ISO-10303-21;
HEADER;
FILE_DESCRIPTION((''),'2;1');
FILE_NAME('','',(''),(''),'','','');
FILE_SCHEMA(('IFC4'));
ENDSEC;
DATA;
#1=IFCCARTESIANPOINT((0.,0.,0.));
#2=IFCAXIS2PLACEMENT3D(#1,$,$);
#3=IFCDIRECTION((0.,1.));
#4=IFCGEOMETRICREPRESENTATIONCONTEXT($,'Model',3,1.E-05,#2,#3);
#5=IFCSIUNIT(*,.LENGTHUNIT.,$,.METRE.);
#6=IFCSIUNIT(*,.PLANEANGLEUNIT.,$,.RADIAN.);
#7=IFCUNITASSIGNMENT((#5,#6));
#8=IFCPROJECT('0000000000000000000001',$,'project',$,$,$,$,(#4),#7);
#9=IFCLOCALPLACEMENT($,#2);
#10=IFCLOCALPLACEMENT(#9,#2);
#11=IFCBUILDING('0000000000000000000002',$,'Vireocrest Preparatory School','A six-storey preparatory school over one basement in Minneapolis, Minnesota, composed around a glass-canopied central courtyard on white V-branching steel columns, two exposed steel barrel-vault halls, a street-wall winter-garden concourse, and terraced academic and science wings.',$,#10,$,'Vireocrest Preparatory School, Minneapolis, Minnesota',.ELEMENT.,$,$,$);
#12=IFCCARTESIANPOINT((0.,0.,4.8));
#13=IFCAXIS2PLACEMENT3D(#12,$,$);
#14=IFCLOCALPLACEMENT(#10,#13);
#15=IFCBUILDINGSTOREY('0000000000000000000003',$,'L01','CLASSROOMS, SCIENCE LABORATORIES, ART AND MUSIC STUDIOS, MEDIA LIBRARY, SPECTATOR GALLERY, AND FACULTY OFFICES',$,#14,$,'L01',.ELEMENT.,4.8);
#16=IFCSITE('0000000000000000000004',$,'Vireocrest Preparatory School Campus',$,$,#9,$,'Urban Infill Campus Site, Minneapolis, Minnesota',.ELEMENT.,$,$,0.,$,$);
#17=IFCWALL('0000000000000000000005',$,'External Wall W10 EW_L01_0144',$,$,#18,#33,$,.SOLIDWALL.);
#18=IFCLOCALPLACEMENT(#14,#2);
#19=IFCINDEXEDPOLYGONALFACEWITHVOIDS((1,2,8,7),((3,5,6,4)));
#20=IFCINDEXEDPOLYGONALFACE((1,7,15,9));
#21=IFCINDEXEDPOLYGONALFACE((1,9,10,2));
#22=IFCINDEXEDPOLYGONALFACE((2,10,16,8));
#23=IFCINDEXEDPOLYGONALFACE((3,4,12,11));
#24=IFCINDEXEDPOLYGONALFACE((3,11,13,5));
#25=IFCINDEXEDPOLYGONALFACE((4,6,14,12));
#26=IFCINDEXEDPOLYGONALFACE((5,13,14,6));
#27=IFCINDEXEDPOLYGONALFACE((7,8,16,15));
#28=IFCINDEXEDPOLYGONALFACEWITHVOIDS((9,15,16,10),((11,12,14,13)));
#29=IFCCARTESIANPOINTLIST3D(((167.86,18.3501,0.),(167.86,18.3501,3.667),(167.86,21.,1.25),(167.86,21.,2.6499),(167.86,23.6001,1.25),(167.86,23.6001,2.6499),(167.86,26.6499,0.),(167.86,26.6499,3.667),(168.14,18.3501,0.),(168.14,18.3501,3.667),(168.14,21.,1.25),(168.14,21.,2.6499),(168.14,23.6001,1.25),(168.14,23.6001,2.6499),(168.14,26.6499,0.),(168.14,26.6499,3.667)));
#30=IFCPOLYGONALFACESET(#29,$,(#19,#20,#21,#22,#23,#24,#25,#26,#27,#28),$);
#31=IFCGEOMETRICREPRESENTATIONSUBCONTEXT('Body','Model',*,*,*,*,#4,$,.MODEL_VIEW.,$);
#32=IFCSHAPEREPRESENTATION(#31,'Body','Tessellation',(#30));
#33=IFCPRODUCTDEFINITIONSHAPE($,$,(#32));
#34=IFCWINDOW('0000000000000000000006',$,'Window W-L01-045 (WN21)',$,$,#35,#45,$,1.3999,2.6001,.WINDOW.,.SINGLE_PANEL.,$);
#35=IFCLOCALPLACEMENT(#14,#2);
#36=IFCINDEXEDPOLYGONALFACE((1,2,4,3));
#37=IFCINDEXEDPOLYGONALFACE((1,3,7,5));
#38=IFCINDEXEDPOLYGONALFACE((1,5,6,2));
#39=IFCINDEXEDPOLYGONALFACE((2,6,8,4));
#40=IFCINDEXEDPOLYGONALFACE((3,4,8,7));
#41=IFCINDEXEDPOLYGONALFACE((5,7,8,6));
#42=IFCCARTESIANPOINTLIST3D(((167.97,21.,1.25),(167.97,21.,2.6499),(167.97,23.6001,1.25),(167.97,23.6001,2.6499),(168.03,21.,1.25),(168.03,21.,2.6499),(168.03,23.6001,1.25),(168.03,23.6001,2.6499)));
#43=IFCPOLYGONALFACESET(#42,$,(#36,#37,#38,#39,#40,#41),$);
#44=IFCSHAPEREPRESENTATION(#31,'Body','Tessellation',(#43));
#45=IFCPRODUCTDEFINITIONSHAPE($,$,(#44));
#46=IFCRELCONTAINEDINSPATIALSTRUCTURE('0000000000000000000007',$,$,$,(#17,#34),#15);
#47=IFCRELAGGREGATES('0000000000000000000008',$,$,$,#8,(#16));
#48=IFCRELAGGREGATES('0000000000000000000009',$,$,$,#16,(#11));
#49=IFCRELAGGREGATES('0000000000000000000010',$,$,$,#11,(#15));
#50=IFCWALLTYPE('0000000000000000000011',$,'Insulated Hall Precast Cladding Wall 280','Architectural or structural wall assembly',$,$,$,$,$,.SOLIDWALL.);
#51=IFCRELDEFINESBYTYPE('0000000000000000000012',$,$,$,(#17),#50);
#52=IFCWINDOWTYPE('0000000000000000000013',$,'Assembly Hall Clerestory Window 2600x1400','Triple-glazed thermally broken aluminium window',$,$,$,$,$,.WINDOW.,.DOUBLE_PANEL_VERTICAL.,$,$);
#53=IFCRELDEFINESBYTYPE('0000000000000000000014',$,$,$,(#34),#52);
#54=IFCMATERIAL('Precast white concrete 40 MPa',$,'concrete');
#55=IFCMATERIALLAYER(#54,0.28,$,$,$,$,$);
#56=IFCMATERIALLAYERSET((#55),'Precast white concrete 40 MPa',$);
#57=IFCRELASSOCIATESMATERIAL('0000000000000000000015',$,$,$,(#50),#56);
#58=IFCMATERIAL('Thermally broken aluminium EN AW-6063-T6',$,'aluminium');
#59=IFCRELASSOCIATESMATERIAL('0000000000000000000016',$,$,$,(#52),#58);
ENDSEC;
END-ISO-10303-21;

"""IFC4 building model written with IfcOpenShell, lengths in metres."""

from ifc_helpers import new_model, si_unit, direction, frame, frame_2d, origin, place, context, subcontext, project, spatial, rectangle, extrude, material, layer, layer_set, type_object, element, fill, save


model = new_model("IFC4")

# Units and contexts
model_context = context("Model", 3, precision=1e-05, world=origin(), true_north=direction((0.0, 1.0)))
body_context = subcontext(model_context, "Body", "Model", "MODEL_VIEW")
ifc_project = project(units=[si_unit("LENGTHUNIT", "METRE"), si_unit("PLANEANGLEUNIT", "RADIAN")], contexts=[model_context])

# Site, building, storey
site_placement = place(None, origin())
site = spatial("IfcSite", under=ifc_project, at=site_placement, Name="Vireocrest Preparatory School Campus", LongName="Urban Infill Campus Site, Minneapolis, Minnesota", CompositionType="ELEMENT", RefElevation=0.0)
building_placement = place(site_placement, origin())
building = spatial("IfcBuilding", under=site, at=building_placement, Name="Vireocrest Preparatory School", Description="A six-storey preparatory school over one basement in Minneapolis, Minnesota, composed around a glass-canopied central courtyard on white V-branching steel columns, two exposed steel barrel-vault halls, a street-wall winter-garden concourse, and terraced academic and science wings.", LongName="Vireocrest Preparatory School, Minneapolis, Minnesota", CompositionType="ELEMENT")
storey_placement = place(building_placement, frame((0.0, 0.0, 4.8)))
storey = spatial("IfcBuildingStorey", under=building, at=storey_placement, Name="L01", Description="CLASSROOMS, SCIENCE LABORATORIES, ART AND MUSIC STUDIOS, MEDIA LIBRARY, SPECTATOR GALLERY, AND FACULTY OFFICES", LongName="L01", CompositionType="ELEMENT", Elevation=4.8)

# Wall, opening, window
ifc_material_1 = material(Name="Precast white concrete 40 MPa", Category="concrete")
ifc_layer = layer(ifc_material_1, 0.28)
ifc_layer_set = layer_set([ifc_layer], Name="Precast white concrete 40 MPa")
wall_type = type_object("IfcWallType", Name="Insulated Hall Precast Cladding Wall 280", Description="Architectural or structural wall assembly", PredefinedType="SOLIDWALL", material=ifc_layer_set)
ifc_material_2 = material(Name="Thermally broken aluminium EN AW-6063-T6", Category="aluminium")
window_type = type_object("IfcWindowType", Name="Assembly Hall Clerestory Window 2600x1400", Description="Triple-glazed thermally broken aluminium window", PartitioningType="DOUBLE_PANEL_VERTICAL", PredefinedType="WINDOW", material=ifc_material_2)
wall_1_placement = place(storey_placement, frame((168.0, 18.3501, 0.0), z_axis=(0.0, 0.0, 1.0), x_axis=(0.0, 1.0, 0.0)))
wall_1 = element("IfcWall", 1, at=wall_1_placement, inside=storey, type_object=wall_type, Name="External Wall W10 EW_L01_0144", PredefinedType="SOLIDWALL", context=body_context, shape_type="SweptSolid", body=[
    extrude(rectangle(XDim=8.2998, YDim=0.28, at=frame_2d((4.1499, 0.0))), origin(), (0.0, 0.0, 1.0), 3.667),
])
opening_1_placement = place(wall_1_placement, frame((2.6499, 0.0, 1.25)))
opening_1 = element("IfcOpeningElement", 2, at=opening_1_placement, cuts=wall_1, PredefinedType="OPENING", context=body_context, shape_type="SweptSolid", body=[
    extrude(rectangle(XDim=2.6001, YDim=1.3999, at=frame_2d((1.3, 0.7))), frame((0.0, 0.1499, 0.0), z_axis=(0.0, -1.0, 0.0), x_axis=(1.0, 0.0, 0.0)), (0.0, 0.0, 1.0), 0.3),
])
window_1_placement = place(opening_1_placement, origin())
window_1 = element("IfcWindow", 3, at=window_1_placement, inside=storey, type_object=window_type, Name="Window W-L01-045 (WN21)", OverallHeight=1.3999, OverallWidth=2.6001, PartitioningType="SINGLE_PANEL", PredefinedType="WINDOW", context=body_context, shape_type="SweptSolid", body=[
    extrude(rectangle(XDim=2.6001, YDim=1.3999, at=frame_2d((1.3, 0.7))), frame((0.0, 0.03, 0.0), z_axis=(0.0, -1.0, 0.0), x_axis=(1.0, 0.0, 0.0)), (0.0, 0.0, 1.0), 0.0601),
])
fill(opening_1, window_1)

save(model, "model.ifc")
